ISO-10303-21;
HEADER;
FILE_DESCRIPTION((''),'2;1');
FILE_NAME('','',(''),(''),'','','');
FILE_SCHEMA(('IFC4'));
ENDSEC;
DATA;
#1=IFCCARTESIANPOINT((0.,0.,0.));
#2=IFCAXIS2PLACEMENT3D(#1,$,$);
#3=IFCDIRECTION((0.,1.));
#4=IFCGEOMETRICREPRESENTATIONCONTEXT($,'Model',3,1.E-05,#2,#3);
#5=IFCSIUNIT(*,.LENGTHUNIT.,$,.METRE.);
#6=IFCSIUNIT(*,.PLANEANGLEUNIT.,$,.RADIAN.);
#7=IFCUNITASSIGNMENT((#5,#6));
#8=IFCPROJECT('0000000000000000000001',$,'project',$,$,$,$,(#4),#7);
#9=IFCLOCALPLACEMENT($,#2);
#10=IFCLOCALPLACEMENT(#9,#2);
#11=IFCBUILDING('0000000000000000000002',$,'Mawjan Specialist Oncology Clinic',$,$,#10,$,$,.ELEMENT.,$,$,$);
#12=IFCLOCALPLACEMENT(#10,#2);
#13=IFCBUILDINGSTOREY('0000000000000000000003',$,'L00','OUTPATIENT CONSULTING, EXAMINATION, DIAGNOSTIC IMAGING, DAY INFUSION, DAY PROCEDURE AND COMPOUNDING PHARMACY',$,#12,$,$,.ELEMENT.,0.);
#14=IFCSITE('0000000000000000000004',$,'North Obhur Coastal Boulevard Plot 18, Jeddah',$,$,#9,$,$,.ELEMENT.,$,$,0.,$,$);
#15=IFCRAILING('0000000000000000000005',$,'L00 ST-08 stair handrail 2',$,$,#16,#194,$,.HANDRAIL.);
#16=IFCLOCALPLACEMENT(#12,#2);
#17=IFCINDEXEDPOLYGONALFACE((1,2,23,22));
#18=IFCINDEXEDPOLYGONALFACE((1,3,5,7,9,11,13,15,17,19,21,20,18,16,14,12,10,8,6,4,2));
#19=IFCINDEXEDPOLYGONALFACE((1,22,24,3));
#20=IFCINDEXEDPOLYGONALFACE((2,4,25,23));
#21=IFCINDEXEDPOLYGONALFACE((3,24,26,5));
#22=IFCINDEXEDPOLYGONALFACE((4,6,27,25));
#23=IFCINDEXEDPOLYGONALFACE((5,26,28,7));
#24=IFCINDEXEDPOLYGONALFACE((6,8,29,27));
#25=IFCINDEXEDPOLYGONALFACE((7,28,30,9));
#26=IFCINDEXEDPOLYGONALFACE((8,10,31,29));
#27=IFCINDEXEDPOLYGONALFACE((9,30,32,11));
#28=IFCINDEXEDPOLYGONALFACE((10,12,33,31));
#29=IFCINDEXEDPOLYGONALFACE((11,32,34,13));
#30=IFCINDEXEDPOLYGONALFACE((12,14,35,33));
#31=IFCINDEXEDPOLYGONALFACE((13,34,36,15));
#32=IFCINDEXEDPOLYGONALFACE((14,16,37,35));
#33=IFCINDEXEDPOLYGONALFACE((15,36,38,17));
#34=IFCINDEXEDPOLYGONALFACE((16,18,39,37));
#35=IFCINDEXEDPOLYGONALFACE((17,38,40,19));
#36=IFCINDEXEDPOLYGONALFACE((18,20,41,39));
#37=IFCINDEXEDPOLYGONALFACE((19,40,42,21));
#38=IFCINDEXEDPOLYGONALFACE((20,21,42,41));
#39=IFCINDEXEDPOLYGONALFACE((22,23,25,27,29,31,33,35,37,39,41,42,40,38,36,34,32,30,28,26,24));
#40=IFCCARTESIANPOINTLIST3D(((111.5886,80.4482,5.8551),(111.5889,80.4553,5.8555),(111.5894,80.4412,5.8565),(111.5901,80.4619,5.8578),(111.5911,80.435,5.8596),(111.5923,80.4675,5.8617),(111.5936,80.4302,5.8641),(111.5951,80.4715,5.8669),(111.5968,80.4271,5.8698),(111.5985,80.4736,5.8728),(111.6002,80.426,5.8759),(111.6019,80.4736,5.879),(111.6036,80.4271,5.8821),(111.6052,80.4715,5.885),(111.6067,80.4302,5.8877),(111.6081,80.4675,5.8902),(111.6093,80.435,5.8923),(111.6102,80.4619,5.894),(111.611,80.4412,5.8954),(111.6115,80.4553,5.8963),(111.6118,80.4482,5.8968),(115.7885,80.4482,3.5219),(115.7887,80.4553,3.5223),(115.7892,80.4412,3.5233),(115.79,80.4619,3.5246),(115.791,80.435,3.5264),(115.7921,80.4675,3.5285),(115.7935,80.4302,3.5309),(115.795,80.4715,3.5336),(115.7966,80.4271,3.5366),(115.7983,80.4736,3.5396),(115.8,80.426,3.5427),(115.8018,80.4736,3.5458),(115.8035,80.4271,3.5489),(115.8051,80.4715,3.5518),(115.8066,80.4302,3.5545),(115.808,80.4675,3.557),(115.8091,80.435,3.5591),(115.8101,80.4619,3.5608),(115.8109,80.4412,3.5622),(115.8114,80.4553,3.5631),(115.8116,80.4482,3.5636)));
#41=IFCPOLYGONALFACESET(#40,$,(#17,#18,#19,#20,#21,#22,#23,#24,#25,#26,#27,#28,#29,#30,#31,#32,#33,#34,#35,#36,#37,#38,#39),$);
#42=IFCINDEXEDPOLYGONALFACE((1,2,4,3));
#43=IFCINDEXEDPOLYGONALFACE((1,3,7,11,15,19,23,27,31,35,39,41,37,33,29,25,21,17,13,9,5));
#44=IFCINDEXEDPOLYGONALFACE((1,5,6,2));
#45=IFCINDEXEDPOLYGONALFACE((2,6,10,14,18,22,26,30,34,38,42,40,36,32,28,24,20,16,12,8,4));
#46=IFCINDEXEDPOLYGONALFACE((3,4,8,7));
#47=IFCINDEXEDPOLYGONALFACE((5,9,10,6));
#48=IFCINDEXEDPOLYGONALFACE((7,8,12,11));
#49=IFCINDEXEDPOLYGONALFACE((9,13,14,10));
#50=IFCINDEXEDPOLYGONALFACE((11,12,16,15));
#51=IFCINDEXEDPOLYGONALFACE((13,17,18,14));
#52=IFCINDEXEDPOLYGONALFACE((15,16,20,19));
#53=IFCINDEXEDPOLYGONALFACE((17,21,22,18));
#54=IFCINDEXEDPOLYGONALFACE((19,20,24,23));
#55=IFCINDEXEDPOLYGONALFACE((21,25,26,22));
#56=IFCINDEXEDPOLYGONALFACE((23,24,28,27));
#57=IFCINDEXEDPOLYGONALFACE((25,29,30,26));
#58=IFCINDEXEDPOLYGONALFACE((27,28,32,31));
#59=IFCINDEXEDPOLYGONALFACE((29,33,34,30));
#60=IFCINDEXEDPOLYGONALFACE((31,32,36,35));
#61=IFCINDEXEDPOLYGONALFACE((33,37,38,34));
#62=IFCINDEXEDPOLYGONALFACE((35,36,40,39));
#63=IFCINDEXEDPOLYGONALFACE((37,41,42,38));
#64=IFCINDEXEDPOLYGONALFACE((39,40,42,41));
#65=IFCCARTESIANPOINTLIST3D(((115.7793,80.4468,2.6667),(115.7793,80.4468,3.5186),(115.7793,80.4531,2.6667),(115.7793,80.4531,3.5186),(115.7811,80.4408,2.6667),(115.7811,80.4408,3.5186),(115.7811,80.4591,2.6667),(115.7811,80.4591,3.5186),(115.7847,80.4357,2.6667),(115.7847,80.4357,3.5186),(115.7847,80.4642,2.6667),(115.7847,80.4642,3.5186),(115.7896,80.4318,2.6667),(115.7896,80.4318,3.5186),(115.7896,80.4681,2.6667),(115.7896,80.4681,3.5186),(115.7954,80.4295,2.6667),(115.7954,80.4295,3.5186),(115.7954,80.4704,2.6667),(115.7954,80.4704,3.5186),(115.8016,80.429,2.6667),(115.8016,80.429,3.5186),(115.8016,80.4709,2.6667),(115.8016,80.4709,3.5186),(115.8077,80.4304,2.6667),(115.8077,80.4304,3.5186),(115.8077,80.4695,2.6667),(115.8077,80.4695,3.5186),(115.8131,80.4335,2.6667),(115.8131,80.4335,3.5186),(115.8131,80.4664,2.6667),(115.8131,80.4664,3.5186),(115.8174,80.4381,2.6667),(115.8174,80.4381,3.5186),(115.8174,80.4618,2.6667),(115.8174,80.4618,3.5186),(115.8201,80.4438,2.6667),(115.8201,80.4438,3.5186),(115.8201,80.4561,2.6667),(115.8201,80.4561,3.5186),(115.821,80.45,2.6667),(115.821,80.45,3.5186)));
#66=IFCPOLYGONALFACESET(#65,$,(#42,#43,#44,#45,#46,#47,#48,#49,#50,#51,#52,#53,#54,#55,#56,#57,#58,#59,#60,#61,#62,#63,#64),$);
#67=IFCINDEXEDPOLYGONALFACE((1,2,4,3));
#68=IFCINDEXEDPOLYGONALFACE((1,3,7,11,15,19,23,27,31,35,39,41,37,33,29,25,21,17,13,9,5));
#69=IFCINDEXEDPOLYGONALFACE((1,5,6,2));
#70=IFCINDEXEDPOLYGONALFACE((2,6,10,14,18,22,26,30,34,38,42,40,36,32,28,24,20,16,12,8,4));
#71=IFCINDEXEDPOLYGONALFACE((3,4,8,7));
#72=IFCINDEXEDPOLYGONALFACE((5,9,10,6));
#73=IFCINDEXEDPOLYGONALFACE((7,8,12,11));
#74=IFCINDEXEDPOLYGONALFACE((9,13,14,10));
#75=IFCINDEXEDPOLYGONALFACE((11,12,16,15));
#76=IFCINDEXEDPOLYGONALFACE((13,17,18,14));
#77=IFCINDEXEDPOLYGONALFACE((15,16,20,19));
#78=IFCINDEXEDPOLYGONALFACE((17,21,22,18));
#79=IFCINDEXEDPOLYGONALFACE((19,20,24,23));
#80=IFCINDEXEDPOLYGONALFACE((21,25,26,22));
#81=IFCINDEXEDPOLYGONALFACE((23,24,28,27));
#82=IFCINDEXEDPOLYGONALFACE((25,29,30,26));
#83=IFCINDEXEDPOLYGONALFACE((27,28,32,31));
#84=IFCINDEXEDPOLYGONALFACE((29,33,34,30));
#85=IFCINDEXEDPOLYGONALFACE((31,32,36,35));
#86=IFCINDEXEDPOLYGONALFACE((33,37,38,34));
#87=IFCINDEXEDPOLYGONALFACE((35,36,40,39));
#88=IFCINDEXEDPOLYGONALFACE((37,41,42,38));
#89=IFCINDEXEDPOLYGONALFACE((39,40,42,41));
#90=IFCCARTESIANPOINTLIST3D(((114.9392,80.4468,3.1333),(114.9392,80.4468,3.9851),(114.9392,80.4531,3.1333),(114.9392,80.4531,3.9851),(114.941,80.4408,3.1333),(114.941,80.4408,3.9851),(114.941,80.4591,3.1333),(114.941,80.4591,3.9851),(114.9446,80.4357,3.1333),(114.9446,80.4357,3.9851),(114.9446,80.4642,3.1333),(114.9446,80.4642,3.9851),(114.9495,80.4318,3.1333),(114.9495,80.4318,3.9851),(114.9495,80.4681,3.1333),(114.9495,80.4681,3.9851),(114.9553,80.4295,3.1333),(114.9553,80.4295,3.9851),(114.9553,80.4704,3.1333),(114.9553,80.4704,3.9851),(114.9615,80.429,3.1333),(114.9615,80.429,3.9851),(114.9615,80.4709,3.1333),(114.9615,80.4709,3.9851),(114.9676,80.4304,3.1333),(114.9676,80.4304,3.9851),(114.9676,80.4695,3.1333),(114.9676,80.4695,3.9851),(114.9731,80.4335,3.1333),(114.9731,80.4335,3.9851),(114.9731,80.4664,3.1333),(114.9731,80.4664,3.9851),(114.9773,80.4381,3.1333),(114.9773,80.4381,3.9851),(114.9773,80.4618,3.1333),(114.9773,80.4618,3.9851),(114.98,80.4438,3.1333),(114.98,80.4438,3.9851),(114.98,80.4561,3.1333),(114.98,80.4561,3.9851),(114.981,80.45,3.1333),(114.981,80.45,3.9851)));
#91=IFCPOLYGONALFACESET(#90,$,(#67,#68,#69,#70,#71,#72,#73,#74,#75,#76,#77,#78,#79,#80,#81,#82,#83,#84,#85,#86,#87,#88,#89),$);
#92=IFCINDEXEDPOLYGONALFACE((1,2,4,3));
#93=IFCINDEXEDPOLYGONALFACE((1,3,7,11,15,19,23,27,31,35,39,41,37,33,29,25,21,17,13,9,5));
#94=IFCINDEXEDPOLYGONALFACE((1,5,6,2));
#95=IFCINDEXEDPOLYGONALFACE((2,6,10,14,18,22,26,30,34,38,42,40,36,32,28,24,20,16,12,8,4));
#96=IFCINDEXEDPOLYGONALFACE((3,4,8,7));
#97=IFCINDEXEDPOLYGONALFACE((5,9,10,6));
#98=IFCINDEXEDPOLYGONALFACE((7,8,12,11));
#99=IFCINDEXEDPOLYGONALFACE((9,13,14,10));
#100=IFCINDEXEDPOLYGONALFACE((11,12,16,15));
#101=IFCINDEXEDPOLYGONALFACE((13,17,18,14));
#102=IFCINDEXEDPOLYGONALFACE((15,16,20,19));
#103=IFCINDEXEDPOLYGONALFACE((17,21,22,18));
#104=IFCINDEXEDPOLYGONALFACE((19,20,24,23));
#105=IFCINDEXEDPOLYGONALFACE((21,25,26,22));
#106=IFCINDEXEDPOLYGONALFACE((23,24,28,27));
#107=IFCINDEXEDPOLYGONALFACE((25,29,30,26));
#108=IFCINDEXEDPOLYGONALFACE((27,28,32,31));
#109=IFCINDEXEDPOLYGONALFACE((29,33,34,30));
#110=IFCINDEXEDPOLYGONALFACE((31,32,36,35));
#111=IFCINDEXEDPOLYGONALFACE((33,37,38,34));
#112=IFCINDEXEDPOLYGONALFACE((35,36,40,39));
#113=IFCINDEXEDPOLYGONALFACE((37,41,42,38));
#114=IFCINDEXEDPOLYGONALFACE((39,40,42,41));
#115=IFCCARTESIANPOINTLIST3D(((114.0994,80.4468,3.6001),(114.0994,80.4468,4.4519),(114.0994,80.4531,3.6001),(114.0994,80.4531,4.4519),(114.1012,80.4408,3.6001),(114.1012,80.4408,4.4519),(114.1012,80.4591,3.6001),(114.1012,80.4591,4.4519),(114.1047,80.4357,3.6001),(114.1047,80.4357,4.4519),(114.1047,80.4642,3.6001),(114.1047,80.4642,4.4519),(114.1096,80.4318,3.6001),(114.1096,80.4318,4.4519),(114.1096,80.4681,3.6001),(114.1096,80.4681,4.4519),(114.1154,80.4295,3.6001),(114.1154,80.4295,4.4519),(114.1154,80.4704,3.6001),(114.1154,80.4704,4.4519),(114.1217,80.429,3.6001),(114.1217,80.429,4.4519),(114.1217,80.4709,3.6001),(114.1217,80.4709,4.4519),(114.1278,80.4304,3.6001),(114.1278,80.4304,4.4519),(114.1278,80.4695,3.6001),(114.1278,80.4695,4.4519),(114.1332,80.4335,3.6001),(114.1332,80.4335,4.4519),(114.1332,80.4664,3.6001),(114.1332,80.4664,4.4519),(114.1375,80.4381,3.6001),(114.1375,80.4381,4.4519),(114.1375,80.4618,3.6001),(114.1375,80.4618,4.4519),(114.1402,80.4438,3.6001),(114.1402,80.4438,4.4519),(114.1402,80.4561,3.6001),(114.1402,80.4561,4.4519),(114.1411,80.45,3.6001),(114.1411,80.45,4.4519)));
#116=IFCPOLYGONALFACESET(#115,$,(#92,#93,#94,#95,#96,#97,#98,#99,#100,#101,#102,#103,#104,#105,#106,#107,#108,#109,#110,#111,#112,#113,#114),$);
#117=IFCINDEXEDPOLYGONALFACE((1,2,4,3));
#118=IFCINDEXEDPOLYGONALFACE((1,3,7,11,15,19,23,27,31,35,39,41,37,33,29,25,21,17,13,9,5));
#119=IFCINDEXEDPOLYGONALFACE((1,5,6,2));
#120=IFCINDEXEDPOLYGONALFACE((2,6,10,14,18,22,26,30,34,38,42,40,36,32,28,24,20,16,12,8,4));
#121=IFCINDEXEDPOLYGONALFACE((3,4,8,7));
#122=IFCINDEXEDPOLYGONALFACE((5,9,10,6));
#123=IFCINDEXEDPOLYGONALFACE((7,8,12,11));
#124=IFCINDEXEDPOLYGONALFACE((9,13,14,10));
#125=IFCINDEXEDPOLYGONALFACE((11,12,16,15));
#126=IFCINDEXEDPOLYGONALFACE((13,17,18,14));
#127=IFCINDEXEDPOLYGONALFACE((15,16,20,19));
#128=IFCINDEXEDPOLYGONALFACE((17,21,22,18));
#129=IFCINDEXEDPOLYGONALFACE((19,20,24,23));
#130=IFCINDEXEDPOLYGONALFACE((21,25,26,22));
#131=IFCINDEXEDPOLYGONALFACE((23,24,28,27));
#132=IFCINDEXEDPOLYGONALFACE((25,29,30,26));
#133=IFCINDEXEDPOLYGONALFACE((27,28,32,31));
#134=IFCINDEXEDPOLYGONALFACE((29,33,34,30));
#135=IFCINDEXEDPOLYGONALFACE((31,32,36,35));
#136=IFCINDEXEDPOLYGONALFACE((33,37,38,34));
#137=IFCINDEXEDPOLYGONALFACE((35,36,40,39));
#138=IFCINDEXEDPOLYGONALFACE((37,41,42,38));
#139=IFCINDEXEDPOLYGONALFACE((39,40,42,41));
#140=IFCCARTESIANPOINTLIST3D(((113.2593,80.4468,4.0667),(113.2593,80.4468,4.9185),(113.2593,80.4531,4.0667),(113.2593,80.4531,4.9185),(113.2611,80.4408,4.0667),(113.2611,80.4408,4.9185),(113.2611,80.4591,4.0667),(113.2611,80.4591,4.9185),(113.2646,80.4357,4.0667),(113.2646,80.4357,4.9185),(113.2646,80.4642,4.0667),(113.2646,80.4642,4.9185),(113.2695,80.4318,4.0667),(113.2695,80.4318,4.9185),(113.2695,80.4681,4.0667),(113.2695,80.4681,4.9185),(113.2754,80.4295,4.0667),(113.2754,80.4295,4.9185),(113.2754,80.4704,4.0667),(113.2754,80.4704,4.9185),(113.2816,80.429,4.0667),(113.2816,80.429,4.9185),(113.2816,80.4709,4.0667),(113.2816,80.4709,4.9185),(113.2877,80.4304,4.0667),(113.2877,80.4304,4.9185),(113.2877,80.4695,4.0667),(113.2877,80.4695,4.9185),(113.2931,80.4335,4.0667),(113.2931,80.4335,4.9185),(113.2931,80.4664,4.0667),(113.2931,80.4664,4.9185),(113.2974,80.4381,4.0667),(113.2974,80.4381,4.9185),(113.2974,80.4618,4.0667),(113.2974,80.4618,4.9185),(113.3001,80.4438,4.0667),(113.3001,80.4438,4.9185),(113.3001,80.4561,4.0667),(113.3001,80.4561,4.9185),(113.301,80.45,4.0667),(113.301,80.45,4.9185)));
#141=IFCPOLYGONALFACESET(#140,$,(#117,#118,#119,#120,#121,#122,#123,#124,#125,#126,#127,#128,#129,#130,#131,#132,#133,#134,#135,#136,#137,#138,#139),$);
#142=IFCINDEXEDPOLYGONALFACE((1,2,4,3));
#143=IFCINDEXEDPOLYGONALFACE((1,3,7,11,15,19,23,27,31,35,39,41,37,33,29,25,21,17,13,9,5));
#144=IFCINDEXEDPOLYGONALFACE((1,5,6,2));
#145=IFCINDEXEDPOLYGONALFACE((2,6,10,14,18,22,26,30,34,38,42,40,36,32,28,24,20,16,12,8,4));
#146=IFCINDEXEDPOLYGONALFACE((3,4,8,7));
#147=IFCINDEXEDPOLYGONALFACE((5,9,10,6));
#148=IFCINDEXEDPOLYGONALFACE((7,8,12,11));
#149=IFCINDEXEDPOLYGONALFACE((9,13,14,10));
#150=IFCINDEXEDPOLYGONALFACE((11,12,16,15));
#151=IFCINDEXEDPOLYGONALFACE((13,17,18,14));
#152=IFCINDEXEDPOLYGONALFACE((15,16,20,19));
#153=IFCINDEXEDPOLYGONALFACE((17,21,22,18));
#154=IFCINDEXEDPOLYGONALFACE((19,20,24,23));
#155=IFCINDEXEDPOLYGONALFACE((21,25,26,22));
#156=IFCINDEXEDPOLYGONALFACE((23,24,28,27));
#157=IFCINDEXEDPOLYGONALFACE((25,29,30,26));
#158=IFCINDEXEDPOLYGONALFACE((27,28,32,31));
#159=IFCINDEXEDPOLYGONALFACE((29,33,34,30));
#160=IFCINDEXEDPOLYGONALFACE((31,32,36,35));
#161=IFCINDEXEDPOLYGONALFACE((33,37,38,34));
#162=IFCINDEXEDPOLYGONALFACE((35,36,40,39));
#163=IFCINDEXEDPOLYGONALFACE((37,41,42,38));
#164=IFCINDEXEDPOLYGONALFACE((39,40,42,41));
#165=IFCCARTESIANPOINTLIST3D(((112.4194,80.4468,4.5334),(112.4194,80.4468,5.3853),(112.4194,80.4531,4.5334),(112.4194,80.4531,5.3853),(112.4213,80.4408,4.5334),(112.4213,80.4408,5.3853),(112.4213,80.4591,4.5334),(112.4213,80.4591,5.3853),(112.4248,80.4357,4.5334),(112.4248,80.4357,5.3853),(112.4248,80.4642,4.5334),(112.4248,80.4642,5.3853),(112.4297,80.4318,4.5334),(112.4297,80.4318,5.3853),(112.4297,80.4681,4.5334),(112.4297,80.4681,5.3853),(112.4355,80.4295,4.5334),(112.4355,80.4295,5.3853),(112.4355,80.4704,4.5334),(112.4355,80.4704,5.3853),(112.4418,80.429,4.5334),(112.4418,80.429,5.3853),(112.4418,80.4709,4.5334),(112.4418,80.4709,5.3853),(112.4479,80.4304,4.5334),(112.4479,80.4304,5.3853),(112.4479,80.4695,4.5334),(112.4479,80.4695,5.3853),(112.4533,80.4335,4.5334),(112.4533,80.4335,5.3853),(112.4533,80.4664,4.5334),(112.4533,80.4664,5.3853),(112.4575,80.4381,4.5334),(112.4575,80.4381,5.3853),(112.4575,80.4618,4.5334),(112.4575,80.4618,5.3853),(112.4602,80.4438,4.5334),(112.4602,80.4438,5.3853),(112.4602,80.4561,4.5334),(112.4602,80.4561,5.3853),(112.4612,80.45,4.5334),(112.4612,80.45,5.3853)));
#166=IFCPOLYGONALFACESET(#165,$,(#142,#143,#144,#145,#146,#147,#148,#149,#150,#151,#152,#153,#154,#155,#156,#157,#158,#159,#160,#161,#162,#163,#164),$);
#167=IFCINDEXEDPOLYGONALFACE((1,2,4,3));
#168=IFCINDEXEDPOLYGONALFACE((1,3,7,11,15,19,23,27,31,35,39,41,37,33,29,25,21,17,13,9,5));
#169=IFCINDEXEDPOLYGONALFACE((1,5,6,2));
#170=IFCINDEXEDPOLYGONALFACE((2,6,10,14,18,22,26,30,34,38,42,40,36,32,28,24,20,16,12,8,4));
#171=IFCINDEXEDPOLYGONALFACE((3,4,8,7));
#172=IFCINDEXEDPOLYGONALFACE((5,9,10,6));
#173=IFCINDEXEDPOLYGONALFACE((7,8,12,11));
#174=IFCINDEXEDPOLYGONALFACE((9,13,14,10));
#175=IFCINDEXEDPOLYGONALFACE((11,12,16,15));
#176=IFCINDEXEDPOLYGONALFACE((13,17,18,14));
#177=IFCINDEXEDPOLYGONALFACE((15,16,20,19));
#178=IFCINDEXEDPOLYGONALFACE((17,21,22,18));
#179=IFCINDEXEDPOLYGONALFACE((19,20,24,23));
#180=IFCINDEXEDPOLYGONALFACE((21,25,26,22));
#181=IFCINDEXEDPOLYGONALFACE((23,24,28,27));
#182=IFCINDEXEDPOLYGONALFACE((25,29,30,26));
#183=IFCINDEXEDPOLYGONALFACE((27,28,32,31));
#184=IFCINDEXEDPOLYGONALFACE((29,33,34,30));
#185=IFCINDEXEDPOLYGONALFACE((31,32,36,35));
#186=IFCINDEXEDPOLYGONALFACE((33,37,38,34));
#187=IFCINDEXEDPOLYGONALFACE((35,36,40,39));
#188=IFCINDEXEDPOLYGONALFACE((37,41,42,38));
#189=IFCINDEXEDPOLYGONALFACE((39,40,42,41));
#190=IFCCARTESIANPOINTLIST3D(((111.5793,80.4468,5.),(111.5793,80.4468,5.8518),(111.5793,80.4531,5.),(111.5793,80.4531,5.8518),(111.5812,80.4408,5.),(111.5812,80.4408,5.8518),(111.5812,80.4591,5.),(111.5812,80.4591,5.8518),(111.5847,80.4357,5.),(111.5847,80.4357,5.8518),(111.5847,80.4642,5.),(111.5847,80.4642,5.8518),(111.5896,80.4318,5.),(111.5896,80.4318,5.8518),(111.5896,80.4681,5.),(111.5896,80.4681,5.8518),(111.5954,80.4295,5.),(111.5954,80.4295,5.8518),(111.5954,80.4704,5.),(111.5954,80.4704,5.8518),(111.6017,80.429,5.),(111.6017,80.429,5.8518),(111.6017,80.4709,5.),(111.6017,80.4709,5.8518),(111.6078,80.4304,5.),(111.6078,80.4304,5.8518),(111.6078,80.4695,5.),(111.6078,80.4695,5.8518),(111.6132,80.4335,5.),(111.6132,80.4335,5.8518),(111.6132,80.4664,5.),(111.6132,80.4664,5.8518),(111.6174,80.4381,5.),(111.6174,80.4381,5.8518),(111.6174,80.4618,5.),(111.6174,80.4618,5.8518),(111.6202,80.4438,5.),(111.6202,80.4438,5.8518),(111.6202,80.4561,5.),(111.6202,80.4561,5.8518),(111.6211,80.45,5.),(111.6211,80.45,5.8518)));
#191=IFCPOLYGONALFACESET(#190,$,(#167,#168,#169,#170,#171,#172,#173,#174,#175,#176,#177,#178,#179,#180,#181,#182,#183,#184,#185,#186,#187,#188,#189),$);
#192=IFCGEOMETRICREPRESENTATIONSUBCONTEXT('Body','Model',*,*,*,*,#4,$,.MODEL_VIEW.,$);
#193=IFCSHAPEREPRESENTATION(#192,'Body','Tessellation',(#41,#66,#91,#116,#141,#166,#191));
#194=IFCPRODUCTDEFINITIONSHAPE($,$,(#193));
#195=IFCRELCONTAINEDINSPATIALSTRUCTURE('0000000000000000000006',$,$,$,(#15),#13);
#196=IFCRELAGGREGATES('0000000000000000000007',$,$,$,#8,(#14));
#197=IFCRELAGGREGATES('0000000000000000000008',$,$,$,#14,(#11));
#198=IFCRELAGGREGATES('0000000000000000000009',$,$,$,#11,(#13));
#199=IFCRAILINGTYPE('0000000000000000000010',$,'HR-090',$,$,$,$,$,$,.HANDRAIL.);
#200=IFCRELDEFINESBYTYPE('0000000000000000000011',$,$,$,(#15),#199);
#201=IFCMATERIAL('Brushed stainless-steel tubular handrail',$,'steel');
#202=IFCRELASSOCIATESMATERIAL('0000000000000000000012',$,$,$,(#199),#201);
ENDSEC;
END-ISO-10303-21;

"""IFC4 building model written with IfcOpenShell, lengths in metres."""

from ifc_helpers import new_model, si_unit, direction, frame, origin, origin_2d, place, context, subcontext, project, spatial, circle, extrude, material, type_object, element, save


model = new_model("IFC4")

# Units and contexts
model_context = context("Model", 3, precision=1e-05, world=origin(), true_north=direction((0.0, 1.0)))
body_context = subcontext(model_context, "Body", "Model", "MODEL_VIEW")
ifc_project = project(units=[si_unit("LENGTHUNIT", "METRE"), si_unit("PLANEANGLEUNIT", "RADIAN")], contexts=[model_context])

# Site, building, storey
site_placement = place(None, origin())
site = spatial("IfcSite", under=ifc_project, at=site_placement, Name="North Obhur Coastal Boulevard Plot 18, Jeddah", CompositionType="ELEMENT", RefElevation=0.0)
building_placement = place(site_placement, origin())
building = spatial("IfcBuilding", under=site, at=building_placement, Name="Mawjan Specialist Oncology Clinic", CompositionType="ELEMENT")
storey_placement = place(building_placement, origin())
storey = spatial("IfcBuildingStorey", under=building, at=storey_placement, Name="L00", Description="OUTPATIENT CONSULTING, EXAMINATION, DIAGNOSTIC IMAGING, DAY INFUSION, DAY PROCEDURE AND COMPOUNDING PHARMACY", CompositionType="ELEMENT", Elevation=0.0)

# Railing
ifc_material_1 = material(Name="Brushed stainless-steel tubular handrail", Category="steel")
railing_type_1 = type_object("IfcRailingType", Name="HR-090", PredefinedType="HANDRAIL", material=ifc_material_1)
railing_1_placement = place(storey_placement, frame((115.8, 80.45, 2.6667)))
element("IfcRailing", 1, at=railing_1_placement, inside=storey, type_object=railing_type_1, Name="L00 ST-08 stair handrail 2", PredefinedType="HANDRAIL", context=body_context, shape_type="SweptSolid", body=[
    extrude(circle(Radius=0.0239, at=origin_2d()), frame((0.0, 0.0, 0.876), z_axis=(-0.874162, 0.0, 0.485634), x_axis=(0.0, -1.0, 0.0)), (0.0, 0.0, 1.0), 4.8044),
    extrude(circle(Radius=0.021, at=origin_2d()), origin(), (0.0, 0.0, 1.0), 0.8518),
    extrude(circle(Radius=0.021, at=origin_2d()), frame((-0.8401, 0.0, 0.4666)), (0.0, 0.0, 1.0), 0.8518),
    extrude(circle(Radius=0.021, at=origin_2d()), frame((-1.6799, 0.0, 0.9333)), (0.0, 0.0, 1.0), 0.8518),
    extrude(circle(Radius=0.021, at=origin_2d()), frame((-2.52, 0.0, 1.3999)), (0.0, 0.0, 1.0), 0.8518),
    extrude(circle(Radius=0.021, at=origin_2d()), frame((-3.3599, 0.0, 1.8667)), (0.0, 0.0, 1.0), 0.8518),
    extrude(circle(Radius=0.021, at=origin_2d()), frame((-4.2, 0.0, 2.3333)), (0.0, 0.0, 1.0), 0.8518),
])

save(model, "model.ifc")
